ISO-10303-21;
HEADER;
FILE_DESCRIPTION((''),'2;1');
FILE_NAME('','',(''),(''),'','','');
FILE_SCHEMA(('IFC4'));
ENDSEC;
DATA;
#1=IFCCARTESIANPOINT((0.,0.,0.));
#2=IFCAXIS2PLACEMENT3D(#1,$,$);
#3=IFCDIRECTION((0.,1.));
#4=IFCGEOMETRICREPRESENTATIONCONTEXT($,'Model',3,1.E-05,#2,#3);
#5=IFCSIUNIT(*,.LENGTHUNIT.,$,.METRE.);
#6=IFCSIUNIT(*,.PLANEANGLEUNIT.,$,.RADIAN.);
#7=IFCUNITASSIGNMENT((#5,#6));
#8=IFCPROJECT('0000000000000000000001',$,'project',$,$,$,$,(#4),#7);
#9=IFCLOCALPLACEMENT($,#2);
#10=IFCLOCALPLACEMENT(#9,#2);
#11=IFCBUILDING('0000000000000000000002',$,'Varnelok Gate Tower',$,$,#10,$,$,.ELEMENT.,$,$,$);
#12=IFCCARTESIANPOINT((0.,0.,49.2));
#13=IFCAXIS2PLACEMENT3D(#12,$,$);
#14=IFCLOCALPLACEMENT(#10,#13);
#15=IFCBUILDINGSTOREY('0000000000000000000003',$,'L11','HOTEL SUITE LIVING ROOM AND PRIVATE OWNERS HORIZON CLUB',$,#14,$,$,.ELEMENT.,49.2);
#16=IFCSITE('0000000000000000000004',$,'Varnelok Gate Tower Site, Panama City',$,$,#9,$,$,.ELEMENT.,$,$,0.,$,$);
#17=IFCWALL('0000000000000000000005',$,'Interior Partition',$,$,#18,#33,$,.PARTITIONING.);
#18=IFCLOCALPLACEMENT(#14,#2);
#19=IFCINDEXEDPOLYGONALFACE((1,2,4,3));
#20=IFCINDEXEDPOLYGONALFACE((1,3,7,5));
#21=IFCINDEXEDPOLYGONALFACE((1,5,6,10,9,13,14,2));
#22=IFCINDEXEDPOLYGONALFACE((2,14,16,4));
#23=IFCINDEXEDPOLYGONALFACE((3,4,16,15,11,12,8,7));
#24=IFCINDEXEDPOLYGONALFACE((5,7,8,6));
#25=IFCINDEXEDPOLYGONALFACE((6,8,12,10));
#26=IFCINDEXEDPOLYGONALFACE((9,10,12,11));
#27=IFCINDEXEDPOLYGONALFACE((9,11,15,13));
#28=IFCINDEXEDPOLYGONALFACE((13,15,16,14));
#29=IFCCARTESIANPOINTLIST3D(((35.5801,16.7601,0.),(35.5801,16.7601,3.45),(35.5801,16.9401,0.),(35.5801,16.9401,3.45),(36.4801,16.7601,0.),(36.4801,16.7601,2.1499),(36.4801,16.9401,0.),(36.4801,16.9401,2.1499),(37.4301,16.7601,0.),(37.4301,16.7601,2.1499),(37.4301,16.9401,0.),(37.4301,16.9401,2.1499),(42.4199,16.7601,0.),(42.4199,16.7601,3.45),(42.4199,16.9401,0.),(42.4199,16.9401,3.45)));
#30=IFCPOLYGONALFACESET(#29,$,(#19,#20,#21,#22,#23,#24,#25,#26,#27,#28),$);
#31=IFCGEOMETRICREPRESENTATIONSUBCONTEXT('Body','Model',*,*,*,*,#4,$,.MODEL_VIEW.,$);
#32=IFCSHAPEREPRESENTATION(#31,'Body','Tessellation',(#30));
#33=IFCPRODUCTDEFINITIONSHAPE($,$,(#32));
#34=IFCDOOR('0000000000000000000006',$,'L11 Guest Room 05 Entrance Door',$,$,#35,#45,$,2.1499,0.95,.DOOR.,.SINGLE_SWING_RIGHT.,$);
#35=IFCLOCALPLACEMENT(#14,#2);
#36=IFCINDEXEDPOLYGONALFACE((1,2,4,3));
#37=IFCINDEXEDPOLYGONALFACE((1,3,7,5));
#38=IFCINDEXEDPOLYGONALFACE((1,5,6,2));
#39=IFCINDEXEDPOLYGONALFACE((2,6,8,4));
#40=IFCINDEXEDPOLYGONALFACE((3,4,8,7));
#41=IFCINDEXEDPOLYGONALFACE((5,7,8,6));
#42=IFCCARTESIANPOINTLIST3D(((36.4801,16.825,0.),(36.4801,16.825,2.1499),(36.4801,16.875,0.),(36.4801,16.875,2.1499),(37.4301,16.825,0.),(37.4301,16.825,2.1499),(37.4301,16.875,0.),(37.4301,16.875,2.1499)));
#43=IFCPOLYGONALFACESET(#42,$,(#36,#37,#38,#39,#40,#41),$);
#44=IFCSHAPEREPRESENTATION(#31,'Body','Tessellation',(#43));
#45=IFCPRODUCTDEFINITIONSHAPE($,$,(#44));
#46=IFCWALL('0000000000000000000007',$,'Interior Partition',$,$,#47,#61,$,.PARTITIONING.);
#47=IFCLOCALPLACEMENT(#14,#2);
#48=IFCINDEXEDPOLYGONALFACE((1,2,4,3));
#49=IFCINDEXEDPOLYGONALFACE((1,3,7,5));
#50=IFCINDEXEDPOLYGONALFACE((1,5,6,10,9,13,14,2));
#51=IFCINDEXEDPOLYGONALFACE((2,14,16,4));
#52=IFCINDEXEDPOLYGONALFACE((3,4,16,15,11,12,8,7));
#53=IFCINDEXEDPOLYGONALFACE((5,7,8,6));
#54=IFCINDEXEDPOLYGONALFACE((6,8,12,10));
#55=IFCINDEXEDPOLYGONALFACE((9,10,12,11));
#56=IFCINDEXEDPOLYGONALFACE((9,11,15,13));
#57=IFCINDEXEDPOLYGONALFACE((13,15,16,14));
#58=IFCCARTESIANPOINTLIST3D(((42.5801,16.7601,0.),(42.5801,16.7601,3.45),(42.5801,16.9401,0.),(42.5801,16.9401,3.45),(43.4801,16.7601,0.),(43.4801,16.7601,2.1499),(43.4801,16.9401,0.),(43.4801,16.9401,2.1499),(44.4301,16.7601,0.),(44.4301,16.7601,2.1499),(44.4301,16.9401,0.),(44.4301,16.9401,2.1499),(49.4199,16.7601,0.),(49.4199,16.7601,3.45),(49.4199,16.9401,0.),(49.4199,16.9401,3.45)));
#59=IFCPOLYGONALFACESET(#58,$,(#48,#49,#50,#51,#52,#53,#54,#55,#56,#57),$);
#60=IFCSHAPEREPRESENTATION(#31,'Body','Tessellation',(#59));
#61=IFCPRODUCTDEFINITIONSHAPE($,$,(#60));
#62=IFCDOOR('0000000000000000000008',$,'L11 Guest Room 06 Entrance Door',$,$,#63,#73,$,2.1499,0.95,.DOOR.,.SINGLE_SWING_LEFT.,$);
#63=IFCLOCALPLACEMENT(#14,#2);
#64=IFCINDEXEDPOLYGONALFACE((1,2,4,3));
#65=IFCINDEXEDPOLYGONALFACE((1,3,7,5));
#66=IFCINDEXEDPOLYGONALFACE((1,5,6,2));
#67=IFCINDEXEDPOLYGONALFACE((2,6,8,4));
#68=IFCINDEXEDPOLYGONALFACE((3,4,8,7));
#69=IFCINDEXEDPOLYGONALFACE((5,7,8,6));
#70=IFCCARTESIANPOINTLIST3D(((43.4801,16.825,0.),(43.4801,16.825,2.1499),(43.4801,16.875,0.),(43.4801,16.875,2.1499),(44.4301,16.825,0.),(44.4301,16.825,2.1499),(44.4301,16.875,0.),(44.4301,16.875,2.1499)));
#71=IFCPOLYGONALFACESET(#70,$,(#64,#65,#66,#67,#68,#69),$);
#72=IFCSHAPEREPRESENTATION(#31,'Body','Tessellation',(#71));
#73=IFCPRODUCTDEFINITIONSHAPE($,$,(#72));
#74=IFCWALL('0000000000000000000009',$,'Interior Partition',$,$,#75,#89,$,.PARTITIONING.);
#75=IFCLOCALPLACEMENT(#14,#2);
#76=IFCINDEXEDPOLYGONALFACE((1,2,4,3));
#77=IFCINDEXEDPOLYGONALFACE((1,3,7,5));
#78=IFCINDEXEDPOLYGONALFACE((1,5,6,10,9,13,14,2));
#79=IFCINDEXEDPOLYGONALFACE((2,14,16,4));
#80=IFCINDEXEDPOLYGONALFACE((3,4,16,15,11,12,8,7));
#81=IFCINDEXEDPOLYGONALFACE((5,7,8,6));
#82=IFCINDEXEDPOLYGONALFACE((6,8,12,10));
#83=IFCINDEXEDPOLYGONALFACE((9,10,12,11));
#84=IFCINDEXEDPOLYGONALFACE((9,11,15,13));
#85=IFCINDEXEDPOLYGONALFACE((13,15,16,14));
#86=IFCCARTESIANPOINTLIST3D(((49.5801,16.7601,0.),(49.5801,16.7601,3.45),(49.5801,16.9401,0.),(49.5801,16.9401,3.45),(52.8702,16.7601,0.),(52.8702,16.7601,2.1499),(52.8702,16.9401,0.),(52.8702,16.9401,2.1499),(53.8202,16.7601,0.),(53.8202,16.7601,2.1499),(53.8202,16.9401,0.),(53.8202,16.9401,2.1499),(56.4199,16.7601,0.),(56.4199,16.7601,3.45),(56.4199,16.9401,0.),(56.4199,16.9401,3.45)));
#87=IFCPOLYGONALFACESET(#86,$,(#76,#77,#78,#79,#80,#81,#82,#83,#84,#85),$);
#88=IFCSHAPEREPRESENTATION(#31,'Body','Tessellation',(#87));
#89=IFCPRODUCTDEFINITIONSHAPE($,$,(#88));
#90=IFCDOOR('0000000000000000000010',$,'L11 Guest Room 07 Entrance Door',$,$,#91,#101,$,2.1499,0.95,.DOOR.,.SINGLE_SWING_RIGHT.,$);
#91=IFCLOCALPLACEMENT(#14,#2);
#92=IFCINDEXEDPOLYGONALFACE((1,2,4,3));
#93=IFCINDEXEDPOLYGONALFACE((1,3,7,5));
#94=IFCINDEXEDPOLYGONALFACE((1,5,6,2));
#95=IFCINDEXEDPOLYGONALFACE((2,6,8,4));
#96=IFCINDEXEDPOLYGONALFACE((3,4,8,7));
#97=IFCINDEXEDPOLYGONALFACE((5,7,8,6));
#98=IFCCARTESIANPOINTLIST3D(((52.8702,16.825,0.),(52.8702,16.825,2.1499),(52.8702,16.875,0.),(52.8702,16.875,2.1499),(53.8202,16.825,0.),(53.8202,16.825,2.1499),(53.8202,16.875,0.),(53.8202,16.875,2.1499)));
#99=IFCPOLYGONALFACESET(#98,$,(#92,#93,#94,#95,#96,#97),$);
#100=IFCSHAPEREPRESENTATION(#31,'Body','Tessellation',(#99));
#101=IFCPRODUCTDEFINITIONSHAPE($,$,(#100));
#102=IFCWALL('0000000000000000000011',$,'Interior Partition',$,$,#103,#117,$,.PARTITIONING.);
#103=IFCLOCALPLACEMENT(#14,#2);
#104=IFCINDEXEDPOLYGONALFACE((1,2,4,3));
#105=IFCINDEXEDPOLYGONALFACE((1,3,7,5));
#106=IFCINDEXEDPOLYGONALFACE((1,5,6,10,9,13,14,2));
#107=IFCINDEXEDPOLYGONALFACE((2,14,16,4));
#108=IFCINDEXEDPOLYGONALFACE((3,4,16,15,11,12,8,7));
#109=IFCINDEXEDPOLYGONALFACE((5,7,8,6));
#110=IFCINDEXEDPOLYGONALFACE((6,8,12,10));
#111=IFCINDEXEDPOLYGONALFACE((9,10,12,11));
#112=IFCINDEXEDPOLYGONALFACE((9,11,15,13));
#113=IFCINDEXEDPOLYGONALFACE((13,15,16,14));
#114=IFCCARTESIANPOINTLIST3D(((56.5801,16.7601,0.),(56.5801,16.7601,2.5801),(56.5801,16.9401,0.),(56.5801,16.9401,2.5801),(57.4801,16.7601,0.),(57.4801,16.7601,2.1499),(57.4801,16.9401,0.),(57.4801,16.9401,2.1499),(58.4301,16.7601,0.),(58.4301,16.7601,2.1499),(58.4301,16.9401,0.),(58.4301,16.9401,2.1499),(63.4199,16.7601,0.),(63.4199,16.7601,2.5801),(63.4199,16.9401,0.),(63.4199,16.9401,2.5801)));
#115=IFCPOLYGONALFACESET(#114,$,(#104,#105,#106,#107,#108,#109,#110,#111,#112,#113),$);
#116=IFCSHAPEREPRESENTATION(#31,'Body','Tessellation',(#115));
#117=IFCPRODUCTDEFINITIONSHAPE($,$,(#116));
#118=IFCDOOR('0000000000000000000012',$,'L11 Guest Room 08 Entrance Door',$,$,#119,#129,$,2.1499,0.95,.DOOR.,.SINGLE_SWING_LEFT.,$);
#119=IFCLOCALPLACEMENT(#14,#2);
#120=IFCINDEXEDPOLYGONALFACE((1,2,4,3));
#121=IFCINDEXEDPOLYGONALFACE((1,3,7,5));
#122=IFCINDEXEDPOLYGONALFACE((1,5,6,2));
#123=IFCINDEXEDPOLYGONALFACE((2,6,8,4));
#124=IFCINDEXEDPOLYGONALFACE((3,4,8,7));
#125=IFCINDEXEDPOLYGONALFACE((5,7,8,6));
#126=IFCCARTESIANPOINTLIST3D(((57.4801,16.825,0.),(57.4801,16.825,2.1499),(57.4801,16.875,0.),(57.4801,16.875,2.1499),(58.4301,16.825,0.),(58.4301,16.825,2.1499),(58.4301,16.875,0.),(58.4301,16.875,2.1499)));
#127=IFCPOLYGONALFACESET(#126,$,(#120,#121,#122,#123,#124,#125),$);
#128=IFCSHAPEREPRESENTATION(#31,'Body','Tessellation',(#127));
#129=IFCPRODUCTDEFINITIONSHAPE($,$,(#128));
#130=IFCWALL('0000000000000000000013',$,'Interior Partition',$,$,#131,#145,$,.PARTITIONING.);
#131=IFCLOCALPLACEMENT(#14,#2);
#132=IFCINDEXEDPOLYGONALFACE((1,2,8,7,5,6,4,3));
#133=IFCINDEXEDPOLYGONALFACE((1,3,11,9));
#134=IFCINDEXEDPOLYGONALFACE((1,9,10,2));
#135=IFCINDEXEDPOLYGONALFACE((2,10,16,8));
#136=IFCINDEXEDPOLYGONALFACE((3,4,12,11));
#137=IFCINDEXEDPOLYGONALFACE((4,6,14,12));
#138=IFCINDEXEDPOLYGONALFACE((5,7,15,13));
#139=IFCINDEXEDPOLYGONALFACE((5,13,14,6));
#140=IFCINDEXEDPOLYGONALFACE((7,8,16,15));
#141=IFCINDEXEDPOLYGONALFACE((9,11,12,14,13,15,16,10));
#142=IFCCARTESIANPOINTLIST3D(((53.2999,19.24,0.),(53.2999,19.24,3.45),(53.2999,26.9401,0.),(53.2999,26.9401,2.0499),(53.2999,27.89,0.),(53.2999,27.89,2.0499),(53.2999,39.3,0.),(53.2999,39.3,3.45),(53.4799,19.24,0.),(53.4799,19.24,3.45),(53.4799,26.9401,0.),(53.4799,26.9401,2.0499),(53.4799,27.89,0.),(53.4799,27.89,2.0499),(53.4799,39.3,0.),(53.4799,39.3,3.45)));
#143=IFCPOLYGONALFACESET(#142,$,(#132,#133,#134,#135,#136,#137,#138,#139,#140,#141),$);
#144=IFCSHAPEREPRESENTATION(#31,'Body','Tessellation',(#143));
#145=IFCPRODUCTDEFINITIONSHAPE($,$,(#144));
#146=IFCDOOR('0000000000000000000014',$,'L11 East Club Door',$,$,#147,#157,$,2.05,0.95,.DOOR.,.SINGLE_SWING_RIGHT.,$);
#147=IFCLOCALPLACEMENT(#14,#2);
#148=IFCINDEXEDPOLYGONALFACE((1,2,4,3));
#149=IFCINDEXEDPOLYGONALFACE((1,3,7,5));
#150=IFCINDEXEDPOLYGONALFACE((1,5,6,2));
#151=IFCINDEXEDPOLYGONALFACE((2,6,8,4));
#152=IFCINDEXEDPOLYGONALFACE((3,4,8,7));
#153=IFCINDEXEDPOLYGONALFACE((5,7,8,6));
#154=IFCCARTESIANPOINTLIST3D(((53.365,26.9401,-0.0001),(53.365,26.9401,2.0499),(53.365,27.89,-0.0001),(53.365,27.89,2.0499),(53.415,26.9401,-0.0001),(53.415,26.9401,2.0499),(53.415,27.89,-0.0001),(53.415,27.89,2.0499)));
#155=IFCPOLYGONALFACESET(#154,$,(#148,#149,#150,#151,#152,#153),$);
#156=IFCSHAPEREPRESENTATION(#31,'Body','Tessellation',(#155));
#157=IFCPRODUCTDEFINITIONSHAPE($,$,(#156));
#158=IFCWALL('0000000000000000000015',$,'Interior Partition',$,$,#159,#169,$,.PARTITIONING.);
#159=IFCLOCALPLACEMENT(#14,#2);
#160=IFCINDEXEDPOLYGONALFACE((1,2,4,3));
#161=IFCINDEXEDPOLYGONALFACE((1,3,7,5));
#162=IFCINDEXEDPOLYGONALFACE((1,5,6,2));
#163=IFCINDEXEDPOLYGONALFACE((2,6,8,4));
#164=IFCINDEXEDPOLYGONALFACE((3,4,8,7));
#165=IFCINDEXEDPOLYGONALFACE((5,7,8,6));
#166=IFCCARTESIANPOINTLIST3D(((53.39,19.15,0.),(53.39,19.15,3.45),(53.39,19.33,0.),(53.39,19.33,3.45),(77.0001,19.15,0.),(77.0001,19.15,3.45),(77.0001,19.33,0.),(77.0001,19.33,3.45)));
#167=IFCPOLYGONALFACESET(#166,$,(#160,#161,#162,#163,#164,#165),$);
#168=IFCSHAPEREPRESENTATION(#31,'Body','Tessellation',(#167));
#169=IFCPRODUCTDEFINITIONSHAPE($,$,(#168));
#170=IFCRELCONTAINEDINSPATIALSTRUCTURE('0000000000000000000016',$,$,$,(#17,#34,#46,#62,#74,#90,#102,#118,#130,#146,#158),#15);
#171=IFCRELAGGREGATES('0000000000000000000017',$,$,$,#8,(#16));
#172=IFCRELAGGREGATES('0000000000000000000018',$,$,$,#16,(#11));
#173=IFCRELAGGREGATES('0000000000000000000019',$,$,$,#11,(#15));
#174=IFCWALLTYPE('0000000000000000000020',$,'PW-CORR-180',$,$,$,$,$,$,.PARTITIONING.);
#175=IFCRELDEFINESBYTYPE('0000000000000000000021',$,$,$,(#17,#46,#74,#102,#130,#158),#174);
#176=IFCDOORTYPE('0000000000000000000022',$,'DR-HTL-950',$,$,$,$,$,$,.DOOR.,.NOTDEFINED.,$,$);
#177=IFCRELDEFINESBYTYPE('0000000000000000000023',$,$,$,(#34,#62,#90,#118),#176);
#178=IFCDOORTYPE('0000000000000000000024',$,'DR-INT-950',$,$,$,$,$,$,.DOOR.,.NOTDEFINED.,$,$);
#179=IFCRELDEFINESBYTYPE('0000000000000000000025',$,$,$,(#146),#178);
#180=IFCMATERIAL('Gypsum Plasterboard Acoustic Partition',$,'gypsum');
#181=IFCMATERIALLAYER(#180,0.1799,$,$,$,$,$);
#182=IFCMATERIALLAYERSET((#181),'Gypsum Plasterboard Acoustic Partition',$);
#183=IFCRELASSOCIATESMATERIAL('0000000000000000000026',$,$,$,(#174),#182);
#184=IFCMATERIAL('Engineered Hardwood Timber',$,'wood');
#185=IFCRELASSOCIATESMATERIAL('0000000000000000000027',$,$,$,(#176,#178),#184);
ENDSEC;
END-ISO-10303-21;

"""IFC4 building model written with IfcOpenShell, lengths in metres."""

from ifc_helpers import new_model, si_unit, direction, frame, frame_2d, origin, place, context, subcontext, project, spatial, rectangle, extrude, material, layer, layer_set, type_object, element, fill, save


model = new_model("IFC4")

# Units and contexts
model_context = context("Model", 3, precision=1e-05, world=origin(), true_north=direction((0.0, 1.0)))
body_context = subcontext(model_context, "Body", "Model", "MODEL_VIEW")
ifc_project = project(units=[si_unit("LENGTHUNIT", "METRE"), si_unit("PLANEANGLEUNIT", "RADIAN")], contexts=[model_context])

# Site, building, storey
site_placement = place(None, origin())
site = spatial("IfcSite", under=ifc_project, at=site_placement, Name="Varnelok Gate Tower Site, Panama City", CompositionType="ELEMENT", RefElevation=0.0)
building_placement = place(site_placement, origin())
building = spatial("IfcBuilding", under=site, at=building_placement, Name="Varnelok Gate Tower", CompositionType="ELEMENT")
storey_placement = place(building_placement, frame((0.0, 0.0, 49.2)))
storey = spatial("IfcBuildingStorey", under=building, at=storey_placement, Name="L11", Description="HOTEL SUITE LIVING ROOM AND PRIVATE OWNERS HORIZON CLUB", CompositionType="ELEMENT", Elevation=49.2)

# Walls, openings, doors
ifc_material_1 = material(Name="Gypsum Plasterboard Acoustic Partition", Category="gypsum")
ifc_layer_1 = layer(ifc_material_1, 0.1799)
ifc_layer_set_1 = layer_set([ifc_layer_1], Name="Gypsum Plasterboard Acoustic Partition")
wall_type_1 = type_object("IfcWallType", Name="PW-CORR-180", PredefinedType="PARTITIONING", material=ifc_layer_set_1)
wall_1_placement = place(storey_placement, frame((35.5801, 16.8501, 0.0), z_axis=(0.0, 0.0, 1.0), x_axis=(1.0, 0.0, 0.0)))
wall_1 = element("IfcWall", 1, at=wall_1_placement, inside=storey, type_object=wall_type_1, Name="Interior Partition", PredefinedType="PARTITIONING", context=body_context, shape_type="SweptSolid", body=[
    extrude(rectangle(XDim=6.8398, YDim=0.1799, at=frame_2d((3.4199, 0.0))), origin(), (0.0, 0.0, 1.0), 3.45),
])
opening_1_placement = place(wall_1_placement, frame((0.8999, 0.0, 0.0)))
opening_1 = element("IfcOpeningElement", 2, at=opening_1_placement, cuts=wall_1, PredefinedType="OPENING", context=body_context, shape_type="SweptSolid", body=[
    extrude(rectangle(XDim=0.95, YDim=2.1499, at=frame_2d((0.4751, 1.075))), frame((0.0, 0.0999, 0.0), z_axis=(0.0, -1.0, 0.0), x_axis=(1.0, 0.0, 0.0)), (0.0, 0.0, 1.0), 0.2),
])
ifc_material_2 = material(Name="Engineered Hardwood Timber", Category="wood")
door_type_1 = type_object("IfcDoorType", Name="DR-HTL-950", OperationType="NOTDEFINED", PredefinedType="DOOR", material=ifc_material_2)
door_1_placement = place(opening_1_placement, origin())
door_1 = element("IfcDoor", 3, at=door_1_placement, inside=storey, type_object=door_type_1, Name="L11 Guest Room 05 Entrance Door", OperationType="SINGLE_SWING_RIGHT", OverallHeight=2.1499, OverallWidth=0.95, PredefinedType="DOOR", context=body_context, shape_type="SweptSolid", body=[
    extrude(rectangle(XDim=0.95, YDim=2.1499, at=frame_2d((0.4751, 1.075))), frame((0.0, 0.0249, 0.0), z_axis=(0.0, -1.0, 0.0), x_axis=(1.0, 0.0, 0.0)), (0.0, 0.0, 1.0), 0.05),
])
fill(opening_1, door_1)
wall_2_placement = place(storey_placement, frame((42.5801, 16.8501, 0.0), z_axis=(0.0, 0.0, 1.0), x_axis=(1.0, 0.0, 0.0)))
wall_2 = element("IfcWall", 4, at=wall_2_placement, inside=storey, type_object=wall_type_1, Name="Interior Partition", PredefinedType="PARTITIONING", context=body_context, shape_type="SweptSolid", body=[
    extrude(rectangle(XDim=6.8398, YDim=0.1799, at=frame_2d((3.4199, 0.0))), origin(), (0.0, 0.0, 1.0), 3.45),
])
opening_2_placement = place(wall_2_placement, frame((0.8999, 0.0, 0.0)))
opening_2 = element("IfcOpeningElement", 5, at=opening_2_placement, cuts=wall_2, PredefinedType="OPENING", context=body_context, shape_type="SweptSolid", body=[
    extrude(rectangle(XDim=0.95, YDim=2.1499, at=frame_2d((0.4751, 1.075))), frame((0.0, 0.0999, 0.0), z_axis=(0.0, -1.0, 0.0), x_axis=(1.0, 0.0, 0.0)), (0.0, 0.0, 1.0), 0.2),
])
door_2_placement = place(opening_2_placement, origin())
door_2 = element("IfcDoor", 6, at=door_2_placement, inside=storey, type_object=door_type_1, Name="L11 Guest Room 06 Entrance Door", OperationType="SINGLE_SWING_LEFT", OverallHeight=2.1499, OverallWidth=0.95, PredefinedType="DOOR", context=body_context, shape_type="SweptSolid", body=[
    extrude(rectangle(XDim=0.95, YDim=2.1499, at=frame_2d((0.4751, 1.075))), frame((0.0, 0.0249, 0.0), z_axis=(0.0, -1.0, 0.0), x_axis=(1.0, 0.0, 0.0)), (0.0, 0.0, 1.0), 0.05),
])
fill(opening_2, door_2)
wall_3_placement = place(storey_placement, frame((49.5801, 16.8501, 0.0), z_axis=(0.0, 0.0, 1.0), x_axis=(1.0, 0.0, 0.0)))
wall_3 = element("IfcWall", 7, at=wall_3_placement, inside=storey, type_object=wall_type_1, Name="Interior Partition", PredefinedType="PARTITIONING", context=body_context, shape_type="SweptSolid", body=[
    extrude(rectangle(XDim=6.8398, YDim=0.1799, at=frame_2d((3.4199, 0.0))), origin(), (0.0, 0.0, 1.0), 3.45),
])
opening_3_placement = place(wall_3_placement, frame((3.29, 0.0, 0.0)))
opening_3 = element("IfcOpeningElement", 8, at=opening_3_placement, cuts=wall_3, PredefinedType="OPENING", context=body_context, shape_type="SweptSolid", body=[
    extrude(rectangle(XDim=0.95, YDim=2.1499, at=frame_2d((0.4751, 1.075))), frame((0.0, 0.0999, 0.0), z_axis=(0.0, -1.0, 0.0), x_axis=(1.0, 0.0, 0.0)), (0.0, 0.0, 1.0), 0.2),
])
door_3_placement = place(opening_3_placement, origin())
door_3 = element("IfcDoor", 9, at=door_3_placement, inside=storey, type_object=door_type_1, Name="L11 Guest Room 07 Entrance Door", OperationType="SINGLE_SWING_RIGHT", OverallHeight=2.1499, OverallWidth=0.95, PredefinedType="DOOR", context=body_context, shape_type="SweptSolid", body=[
    extrude(rectangle(XDim=0.95, YDim=2.1499, at=frame_2d((0.4751, 1.075))), frame((0.0, 0.0249, 0.0), z_axis=(0.0, -1.0, 0.0), x_axis=(1.0, 0.0, 0.0)), (0.0, 0.0, 1.0), 0.05),
])
fill(opening_3, door_3)
wall_4_placement = place(storey_placement, frame((56.5801, 16.8501, 0.0), z_axis=(0.0, 0.0, 1.0), x_axis=(1.0, 0.0, 0.0)))
wall_4 = element("IfcWall", 10, at=wall_4_placement, inside=storey, type_object=wall_type_1, Name="Interior Partition", PredefinedType="PARTITIONING", context=body_context, shape_type="SweptSolid", body=[
    extrude(rectangle(XDim=6.8398, YDim=0.1799, at=frame_2d((3.4199, 0.0))), origin(), (0.0, 0.0, 1.0), 2.5801),
])
opening_4_placement = place(wall_4_placement, frame((0.8999, 0.0, 0.0)))
opening_4 = element("IfcOpeningElement", 11, at=opening_4_placement, cuts=wall_4, PredefinedType="OPENING", context=body_context, shape_type="SweptSolid", body=[
    extrude(rectangle(XDim=0.95, YDim=2.1499, at=frame_2d((0.4751, 1.075))), frame((0.0, 0.0999, 0.0), z_axis=(0.0, -1.0, 0.0), x_axis=(1.0, 0.0, 0.0)), (0.0, 0.0, 1.0), 0.2),
])
door_4_placement = place(opening_4_placement, origin())
door_4 = element("IfcDoor", 12, at=door_4_placement, inside=storey, type_object=door_type_1, Name="L11 Guest Room 08 Entrance Door", OperationType="SINGLE_SWING_LEFT", OverallHeight=2.1499, OverallWidth=0.95, PredefinedType="DOOR", context=body_context, shape_type="SweptSolid", body=[
    extrude(rectangle(XDim=0.95, YDim=2.1499, at=frame_2d((0.4751, 1.075))), frame((0.0, 0.0249, 0.0), z_axis=(0.0, -1.0, 0.0), x_axis=(1.0, 0.0, 0.0)), (0.0, 0.0, 1.0), 0.05),
])
fill(opening_4, door_4)
wall_5_placement = place(storey_placement, frame((53.3899, 19.24, 0.0), z_axis=(0.0, 0.0, 1.0), x_axis=(0.0, 1.0, 0.0)))
wall_5 = element("IfcWall", 13, at=wall_5_placement, inside=storey, type_object=wall_type_1, Name="Interior Partition", PredefinedType="PARTITIONING", context=body_context, shape_type="SweptSolid", body=[
    extrude(rectangle(XDim=20.0601, YDim=0.1799, at=frame_2d((10.03, 0.0))), origin(), (0.0, 0.0, 1.0), 3.45),
])
opening_5_placement = place(wall_5_placement, frame((7.7, 0.0, 0.0)))
opening_5 = element("IfcOpeningElement", 14, at=opening_5_placement, cuts=wall_5, PredefinedType="OPENING", context=body_context, shape_type="SweptSolid", body=[
    extrude(rectangle(XDim=0.95, YDim=2.05, at=frame_2d((0.4751, 1.0249))), frame((0.0, 0.0999, 0.0), z_axis=(0.0, -1.0, 0.0), x_axis=(1.0, 0.0, 0.0)), (0.0, 0.0, 1.0), 0.2),
])
door_type_2 = type_object("IfcDoorType", Name="DR-INT-950", OperationType="NOTDEFINED", PredefinedType="DOOR", material=ifc_material_2)
door_5_placement = place(opening_5_placement, origin())
door_5 = element("IfcDoor", 15, at=door_5_placement, inside=storey, type_object=door_type_2, Name="L11 East Club Door", OperationType="SINGLE_SWING_RIGHT", OverallHeight=2.05, OverallWidth=0.95, PredefinedType="DOOR", context=body_context, shape_type="SweptSolid", body=[
    extrude(rectangle(XDim=0.95, YDim=2.05, at=frame_2d((0.4751, 1.0249))), frame((0.0, 0.0249, 0.0), z_axis=(0.0, -1.0, 0.0), x_axis=(1.0, 0.0, 0.0)), (0.0, 0.0, 1.0), 0.05),
])
fill(opening_5, door_5)

# Wall
wall_6_placement = place(storey_placement, frame((53.3899, 19.24, 0.0), z_axis=(0.0, 0.0, 1.0), x_axis=(1.0, 0.0, 0.0)))
element("IfcWall", 16, at=wall_6_placement, inside=storey, type_object=wall_type_1, Name="Interior Partition", PredefinedType="PARTITIONING", context=body_context, shape_type="SweptSolid", body=[
    extrude(rectangle(XDim=23.6101, YDim=0.1799, at=frame_2d((11.8052, 0.0))), origin(), (0.0, 0.0, 1.0), 3.45),
])

save(model, "model.ifc")
